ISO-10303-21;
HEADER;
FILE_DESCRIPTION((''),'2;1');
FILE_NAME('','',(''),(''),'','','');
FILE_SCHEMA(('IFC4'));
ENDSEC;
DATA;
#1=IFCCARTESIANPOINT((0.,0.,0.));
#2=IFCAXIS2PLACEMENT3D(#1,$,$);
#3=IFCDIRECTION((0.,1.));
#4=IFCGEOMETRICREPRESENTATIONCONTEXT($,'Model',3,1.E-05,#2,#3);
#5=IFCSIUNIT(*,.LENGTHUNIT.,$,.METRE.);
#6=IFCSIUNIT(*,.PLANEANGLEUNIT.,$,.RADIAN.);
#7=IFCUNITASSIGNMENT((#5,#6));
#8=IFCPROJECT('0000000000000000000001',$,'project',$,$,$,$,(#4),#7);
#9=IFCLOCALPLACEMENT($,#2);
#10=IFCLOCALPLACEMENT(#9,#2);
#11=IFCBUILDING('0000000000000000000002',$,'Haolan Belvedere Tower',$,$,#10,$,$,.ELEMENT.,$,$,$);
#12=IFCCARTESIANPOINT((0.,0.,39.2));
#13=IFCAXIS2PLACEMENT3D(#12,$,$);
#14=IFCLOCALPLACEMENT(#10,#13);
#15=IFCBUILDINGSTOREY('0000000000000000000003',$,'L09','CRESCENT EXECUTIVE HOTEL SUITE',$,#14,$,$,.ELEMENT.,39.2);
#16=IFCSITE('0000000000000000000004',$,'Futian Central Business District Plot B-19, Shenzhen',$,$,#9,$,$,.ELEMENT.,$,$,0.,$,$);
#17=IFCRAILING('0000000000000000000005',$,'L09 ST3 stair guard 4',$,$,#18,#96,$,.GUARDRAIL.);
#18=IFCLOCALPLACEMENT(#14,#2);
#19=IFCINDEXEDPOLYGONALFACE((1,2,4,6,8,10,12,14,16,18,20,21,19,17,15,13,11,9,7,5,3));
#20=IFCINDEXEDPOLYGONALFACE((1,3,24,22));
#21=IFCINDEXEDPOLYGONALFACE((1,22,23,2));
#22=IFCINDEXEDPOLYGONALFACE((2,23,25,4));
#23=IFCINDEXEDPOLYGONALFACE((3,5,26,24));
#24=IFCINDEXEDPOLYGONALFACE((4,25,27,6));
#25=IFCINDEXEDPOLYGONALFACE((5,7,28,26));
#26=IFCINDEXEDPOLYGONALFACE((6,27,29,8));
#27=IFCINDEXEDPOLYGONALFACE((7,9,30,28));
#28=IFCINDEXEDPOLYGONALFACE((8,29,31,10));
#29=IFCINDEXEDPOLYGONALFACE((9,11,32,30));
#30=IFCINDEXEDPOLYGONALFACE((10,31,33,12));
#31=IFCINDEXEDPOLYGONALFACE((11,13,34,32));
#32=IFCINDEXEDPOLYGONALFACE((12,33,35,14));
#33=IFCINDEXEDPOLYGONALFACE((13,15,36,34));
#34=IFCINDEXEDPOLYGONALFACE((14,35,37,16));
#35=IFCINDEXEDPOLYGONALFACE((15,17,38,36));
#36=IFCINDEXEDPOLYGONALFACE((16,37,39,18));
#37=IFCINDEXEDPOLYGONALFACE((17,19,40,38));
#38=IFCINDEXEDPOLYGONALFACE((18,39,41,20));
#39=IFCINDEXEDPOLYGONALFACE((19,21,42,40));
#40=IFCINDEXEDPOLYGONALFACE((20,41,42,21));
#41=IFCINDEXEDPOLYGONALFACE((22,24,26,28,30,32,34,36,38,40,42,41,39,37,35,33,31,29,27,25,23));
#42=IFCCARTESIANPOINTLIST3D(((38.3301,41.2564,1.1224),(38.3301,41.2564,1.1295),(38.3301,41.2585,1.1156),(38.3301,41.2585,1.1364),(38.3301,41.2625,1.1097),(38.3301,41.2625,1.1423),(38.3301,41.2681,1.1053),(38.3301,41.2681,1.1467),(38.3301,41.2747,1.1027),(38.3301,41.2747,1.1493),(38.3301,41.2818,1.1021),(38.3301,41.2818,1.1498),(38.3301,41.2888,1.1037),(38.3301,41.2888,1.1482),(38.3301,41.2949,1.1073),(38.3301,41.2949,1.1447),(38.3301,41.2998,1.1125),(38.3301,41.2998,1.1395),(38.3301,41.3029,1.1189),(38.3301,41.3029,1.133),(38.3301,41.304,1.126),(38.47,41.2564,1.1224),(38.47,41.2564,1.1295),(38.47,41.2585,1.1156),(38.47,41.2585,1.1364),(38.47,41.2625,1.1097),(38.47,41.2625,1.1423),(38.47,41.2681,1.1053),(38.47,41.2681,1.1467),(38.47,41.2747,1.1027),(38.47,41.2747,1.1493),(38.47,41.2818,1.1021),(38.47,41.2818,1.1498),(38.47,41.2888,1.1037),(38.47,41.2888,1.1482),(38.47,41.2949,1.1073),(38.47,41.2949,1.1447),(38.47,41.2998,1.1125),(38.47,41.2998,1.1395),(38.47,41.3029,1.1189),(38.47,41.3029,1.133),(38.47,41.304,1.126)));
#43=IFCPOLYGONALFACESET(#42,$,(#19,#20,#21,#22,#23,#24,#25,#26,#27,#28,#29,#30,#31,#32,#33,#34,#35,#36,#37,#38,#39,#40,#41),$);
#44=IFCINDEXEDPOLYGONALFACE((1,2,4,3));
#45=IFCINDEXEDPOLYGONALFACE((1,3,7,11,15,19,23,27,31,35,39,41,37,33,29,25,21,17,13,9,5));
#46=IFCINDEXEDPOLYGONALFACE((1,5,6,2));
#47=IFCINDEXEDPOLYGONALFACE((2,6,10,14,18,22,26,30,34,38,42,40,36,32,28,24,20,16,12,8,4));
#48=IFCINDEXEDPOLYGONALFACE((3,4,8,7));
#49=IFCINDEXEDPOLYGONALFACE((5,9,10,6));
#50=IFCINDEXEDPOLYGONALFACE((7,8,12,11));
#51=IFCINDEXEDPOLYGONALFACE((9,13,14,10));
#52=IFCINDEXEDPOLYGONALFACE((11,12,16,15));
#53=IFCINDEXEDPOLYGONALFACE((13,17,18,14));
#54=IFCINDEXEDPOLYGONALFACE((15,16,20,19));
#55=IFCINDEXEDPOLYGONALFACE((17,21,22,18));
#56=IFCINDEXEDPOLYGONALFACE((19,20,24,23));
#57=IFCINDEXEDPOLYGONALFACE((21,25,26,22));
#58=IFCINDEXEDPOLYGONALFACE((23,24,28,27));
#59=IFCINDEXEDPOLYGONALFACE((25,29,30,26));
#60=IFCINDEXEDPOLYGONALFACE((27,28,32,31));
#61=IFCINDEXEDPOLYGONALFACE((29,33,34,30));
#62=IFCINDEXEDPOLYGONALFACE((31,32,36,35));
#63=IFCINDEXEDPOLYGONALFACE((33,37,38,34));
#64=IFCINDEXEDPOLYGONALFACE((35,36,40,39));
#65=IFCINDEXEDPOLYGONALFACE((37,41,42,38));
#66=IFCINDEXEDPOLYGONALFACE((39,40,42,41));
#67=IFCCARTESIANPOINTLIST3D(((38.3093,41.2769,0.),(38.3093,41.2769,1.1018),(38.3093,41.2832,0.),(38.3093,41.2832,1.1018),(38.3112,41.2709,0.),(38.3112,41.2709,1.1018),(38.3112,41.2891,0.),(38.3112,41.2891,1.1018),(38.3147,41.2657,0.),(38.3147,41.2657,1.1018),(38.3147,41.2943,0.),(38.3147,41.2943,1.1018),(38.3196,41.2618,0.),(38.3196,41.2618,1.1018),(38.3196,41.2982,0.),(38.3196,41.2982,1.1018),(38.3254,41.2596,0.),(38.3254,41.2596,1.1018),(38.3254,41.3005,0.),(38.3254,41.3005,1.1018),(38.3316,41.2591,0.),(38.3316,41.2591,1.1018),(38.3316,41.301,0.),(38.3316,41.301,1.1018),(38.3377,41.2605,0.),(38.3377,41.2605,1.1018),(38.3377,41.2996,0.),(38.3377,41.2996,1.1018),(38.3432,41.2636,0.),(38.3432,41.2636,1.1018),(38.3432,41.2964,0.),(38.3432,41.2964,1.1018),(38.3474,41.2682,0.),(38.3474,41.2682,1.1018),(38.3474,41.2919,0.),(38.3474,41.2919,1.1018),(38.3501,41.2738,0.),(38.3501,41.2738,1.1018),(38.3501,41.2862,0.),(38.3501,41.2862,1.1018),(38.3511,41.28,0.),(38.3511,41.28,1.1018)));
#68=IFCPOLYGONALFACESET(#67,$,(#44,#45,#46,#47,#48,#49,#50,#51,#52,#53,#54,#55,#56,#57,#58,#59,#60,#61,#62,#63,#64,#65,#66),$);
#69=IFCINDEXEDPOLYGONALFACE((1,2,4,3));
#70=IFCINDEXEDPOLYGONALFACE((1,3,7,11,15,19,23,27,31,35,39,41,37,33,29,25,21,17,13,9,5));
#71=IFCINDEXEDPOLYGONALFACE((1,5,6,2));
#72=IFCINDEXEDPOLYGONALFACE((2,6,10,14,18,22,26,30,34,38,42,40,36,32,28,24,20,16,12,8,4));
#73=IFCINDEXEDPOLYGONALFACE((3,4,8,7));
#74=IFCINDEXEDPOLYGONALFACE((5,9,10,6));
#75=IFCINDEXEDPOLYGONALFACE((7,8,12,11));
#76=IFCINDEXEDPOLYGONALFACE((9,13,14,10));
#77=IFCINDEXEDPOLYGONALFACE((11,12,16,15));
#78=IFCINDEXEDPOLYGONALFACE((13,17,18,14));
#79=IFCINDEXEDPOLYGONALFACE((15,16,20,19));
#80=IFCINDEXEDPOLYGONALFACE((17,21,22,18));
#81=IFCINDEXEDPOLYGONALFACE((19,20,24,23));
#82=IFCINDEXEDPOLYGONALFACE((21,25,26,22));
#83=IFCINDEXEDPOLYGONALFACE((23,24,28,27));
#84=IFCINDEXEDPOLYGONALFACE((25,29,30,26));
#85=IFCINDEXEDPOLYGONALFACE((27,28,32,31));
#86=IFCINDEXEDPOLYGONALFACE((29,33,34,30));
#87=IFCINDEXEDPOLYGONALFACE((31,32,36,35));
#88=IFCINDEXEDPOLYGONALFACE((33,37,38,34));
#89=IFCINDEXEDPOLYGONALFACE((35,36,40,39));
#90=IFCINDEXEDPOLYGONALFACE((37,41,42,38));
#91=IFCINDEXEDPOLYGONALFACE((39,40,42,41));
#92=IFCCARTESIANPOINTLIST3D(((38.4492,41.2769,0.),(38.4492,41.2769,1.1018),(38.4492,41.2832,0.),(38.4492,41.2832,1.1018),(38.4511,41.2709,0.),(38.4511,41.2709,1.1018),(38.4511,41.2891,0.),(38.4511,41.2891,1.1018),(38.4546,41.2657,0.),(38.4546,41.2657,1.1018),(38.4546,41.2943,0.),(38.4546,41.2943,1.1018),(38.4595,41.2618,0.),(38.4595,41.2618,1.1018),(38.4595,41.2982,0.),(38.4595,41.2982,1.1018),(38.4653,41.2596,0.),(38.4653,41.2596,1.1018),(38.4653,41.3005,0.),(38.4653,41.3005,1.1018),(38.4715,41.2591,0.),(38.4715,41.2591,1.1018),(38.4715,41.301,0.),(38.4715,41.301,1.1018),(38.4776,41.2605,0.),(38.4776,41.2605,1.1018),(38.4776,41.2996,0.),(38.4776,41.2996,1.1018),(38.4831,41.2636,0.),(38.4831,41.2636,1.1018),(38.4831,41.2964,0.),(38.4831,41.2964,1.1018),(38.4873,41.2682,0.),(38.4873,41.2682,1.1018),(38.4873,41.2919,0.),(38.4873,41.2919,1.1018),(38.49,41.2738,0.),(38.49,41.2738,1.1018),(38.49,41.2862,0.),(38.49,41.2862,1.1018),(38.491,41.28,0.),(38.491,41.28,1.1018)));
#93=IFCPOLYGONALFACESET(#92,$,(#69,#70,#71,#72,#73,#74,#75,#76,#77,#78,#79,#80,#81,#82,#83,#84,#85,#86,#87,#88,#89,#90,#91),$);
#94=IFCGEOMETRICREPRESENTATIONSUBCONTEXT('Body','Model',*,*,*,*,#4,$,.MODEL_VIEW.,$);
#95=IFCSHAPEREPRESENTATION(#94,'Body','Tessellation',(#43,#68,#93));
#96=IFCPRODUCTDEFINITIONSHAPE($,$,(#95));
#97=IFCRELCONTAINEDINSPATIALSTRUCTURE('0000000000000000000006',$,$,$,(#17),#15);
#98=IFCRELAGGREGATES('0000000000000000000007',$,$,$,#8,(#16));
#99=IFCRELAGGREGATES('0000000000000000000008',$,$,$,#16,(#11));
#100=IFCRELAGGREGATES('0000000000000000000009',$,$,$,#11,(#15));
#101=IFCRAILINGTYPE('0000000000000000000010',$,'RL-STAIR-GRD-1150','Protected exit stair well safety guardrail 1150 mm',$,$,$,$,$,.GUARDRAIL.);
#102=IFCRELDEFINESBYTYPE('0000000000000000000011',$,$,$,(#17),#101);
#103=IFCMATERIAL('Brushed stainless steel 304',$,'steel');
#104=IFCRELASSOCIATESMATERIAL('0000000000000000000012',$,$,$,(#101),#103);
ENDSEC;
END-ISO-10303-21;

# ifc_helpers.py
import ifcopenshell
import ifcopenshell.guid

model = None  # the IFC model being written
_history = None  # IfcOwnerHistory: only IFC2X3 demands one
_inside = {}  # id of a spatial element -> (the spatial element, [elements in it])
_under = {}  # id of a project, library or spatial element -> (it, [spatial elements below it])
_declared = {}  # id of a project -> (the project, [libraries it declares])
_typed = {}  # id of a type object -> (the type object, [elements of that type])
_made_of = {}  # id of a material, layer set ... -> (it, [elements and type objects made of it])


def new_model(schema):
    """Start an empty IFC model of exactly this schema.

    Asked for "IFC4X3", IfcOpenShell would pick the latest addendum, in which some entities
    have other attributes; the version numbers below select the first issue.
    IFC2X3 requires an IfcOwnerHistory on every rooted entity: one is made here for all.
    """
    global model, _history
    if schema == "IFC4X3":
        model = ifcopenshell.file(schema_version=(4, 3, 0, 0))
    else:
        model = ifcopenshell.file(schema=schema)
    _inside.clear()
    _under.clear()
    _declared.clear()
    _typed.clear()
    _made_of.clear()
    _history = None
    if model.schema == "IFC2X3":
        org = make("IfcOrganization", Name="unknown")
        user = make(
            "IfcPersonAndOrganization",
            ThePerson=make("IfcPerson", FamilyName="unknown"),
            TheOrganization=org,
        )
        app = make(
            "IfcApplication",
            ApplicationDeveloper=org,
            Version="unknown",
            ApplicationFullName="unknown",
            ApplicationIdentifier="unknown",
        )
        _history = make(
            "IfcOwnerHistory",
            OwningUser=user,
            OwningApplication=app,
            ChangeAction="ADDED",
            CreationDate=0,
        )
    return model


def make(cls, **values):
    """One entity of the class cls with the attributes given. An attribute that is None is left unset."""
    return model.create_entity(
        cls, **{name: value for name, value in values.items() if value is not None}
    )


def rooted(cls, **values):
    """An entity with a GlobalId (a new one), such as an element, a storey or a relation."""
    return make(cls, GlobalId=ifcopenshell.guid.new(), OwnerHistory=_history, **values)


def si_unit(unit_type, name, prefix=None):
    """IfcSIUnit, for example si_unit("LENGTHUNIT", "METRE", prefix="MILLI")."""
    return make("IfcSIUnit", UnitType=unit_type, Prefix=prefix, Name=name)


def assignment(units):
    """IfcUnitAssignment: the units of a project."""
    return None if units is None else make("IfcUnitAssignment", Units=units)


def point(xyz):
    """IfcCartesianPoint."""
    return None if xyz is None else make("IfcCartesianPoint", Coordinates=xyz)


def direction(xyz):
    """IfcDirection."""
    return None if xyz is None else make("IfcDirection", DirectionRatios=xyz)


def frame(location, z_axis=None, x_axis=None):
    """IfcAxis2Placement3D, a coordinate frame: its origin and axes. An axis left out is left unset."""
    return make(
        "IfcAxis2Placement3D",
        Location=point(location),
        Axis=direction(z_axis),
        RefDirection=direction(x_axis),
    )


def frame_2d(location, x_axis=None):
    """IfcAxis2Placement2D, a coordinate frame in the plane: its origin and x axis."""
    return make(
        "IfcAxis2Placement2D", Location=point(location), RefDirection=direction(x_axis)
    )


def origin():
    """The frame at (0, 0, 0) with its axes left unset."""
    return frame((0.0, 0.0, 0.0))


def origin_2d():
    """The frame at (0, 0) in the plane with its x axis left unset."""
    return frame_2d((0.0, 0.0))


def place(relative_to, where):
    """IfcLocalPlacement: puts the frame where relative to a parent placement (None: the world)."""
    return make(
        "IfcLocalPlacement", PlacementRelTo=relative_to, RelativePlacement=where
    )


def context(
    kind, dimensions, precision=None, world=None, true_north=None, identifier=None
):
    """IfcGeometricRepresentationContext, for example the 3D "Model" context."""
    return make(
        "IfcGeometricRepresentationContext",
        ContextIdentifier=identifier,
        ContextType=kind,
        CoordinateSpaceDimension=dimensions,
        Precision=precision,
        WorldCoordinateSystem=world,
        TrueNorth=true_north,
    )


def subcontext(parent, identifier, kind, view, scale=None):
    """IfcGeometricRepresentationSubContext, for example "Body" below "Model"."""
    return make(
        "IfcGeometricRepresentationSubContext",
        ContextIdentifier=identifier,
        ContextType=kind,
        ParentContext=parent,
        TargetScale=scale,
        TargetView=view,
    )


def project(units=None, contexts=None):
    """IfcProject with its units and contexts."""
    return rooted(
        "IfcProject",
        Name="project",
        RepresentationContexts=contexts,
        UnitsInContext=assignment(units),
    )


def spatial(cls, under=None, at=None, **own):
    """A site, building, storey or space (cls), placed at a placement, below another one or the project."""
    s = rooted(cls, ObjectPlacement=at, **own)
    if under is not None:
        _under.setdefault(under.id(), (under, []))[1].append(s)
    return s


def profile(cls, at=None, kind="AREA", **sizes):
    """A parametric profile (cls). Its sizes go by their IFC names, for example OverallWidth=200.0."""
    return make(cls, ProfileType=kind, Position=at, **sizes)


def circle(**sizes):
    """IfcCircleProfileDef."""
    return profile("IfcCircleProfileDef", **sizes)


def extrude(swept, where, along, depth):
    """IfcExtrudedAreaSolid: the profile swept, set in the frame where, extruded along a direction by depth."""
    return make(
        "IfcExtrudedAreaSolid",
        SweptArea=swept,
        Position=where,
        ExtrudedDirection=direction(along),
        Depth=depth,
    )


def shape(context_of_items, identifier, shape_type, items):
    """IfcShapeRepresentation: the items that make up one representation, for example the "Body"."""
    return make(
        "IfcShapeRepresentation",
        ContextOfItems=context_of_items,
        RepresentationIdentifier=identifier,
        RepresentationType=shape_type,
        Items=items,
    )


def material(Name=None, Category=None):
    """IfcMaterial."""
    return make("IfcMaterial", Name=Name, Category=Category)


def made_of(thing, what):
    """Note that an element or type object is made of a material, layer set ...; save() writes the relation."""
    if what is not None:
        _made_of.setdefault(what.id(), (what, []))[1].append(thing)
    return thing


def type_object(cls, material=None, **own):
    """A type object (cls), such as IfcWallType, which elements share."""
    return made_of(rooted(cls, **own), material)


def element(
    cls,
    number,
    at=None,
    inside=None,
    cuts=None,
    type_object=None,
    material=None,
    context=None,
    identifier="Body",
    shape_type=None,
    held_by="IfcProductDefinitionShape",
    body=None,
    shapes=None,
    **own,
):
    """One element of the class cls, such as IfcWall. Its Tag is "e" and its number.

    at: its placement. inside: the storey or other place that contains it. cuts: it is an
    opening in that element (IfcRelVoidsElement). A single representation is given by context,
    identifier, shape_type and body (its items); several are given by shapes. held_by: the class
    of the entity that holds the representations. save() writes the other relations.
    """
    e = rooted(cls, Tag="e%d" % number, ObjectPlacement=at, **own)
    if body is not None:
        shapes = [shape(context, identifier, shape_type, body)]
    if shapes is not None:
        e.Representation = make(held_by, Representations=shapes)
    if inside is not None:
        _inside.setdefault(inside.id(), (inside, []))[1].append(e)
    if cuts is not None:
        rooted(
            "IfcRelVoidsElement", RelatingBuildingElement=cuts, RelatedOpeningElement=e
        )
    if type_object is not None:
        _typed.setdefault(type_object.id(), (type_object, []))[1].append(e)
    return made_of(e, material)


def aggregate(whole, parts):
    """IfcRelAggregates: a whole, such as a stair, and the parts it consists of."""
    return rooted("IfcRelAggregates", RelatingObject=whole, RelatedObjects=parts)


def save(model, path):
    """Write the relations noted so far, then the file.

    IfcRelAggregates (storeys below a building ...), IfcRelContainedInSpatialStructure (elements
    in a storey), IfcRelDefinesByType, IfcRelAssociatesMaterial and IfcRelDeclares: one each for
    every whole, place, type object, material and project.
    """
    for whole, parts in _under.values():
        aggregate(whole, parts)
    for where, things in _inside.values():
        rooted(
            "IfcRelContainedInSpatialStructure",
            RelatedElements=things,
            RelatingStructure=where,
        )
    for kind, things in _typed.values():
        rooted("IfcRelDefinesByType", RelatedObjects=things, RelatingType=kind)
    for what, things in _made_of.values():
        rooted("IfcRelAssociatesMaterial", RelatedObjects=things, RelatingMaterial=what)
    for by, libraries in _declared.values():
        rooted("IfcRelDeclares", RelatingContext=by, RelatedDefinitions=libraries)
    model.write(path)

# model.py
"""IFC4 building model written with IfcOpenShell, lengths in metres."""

from ifc_helpers import new_model, si_unit, direction, frame, origin, origin_2d, place, context, subcontext, project, spatial, circle, extrude, material, type_object, element, save


model = new_model("IFC4")

# Units and contexts
model_context = context("Model", 3, precision=1e-05, world=origin(), true_north=direction((0.0, 1.0)))
body_context = subcontext(model_context, "Body", "Model", "MODEL_VIEW")
ifc_project = project(units=[si_unit("LENGTHUNIT", "METRE"), si_unit("PLANEANGLEUNIT", "RADIAN")], contexts=[model_context])

# Site, building, storey
site_placement = place(None, origin())
site = spatial("IfcSite", under=ifc_project, at=site_placement, Name="Futian Central Business District Plot B-19, Shenzhen", CompositionType="ELEMENT", RefElevation=0.0)
building_placement = place(site_placement, origin())
building = spatial("IfcBuilding", under=site, at=building_placement, Name="Haolan Belvedere Tower", CompositionType="ELEMENT")
storey_placement = place(building_placement, frame((0.0, 0.0, 39.2)))
storey = spatial("IfcBuildingStorey", under=building, at=storey_placement, Name="L09", Description="CRESCENT EXECUTIVE HOTEL SUITE", CompositionType="ELEMENT", Elevation=39.2)

# Railing
ifc_material_1 = material(Name="Brushed stainless steel 304", Category="steel")
railing_type_1 = type_object("IfcRailingType", Name="RL-STAIR-GRD-1150", Description="Protected exit stair well safety guardrail 1150 mm", PredefinedType="GUARDRAIL", material=ifc_material_1)
railing_1_placement = place(storey_placement, frame((38.3301, 41.28, 0.0)))
element("IfcRailing", 1, at=railing_1_placement, inside=storey, type_object=railing_type_1, Name="L09 ST3 stair guard 4", PredefinedType="GUARDRAIL", context=body_context, shape_type="SweptSolid", body=[
    extrude(circle(Radius=0.0239, at=origin_2d()), frame((0.0, 0.0, 1.126), z_axis=(1.0, 0.0, 0.0), x_axis=(0.0, 1.0, 0.0)), (0.0, 0.0, 1.0), 0.1399),
    extrude(circle(Radius=0.021, at=origin_2d()), origin(), (0.0, 0.0, 1.0), 1.1018),
    extrude(circle(Radius=0.021, at=origin_2d()), frame((0.1399, 0.0, 0.0)), (0.0, 0.0, 1.0), 1.1018),
])

save(model, "model.ifc")
